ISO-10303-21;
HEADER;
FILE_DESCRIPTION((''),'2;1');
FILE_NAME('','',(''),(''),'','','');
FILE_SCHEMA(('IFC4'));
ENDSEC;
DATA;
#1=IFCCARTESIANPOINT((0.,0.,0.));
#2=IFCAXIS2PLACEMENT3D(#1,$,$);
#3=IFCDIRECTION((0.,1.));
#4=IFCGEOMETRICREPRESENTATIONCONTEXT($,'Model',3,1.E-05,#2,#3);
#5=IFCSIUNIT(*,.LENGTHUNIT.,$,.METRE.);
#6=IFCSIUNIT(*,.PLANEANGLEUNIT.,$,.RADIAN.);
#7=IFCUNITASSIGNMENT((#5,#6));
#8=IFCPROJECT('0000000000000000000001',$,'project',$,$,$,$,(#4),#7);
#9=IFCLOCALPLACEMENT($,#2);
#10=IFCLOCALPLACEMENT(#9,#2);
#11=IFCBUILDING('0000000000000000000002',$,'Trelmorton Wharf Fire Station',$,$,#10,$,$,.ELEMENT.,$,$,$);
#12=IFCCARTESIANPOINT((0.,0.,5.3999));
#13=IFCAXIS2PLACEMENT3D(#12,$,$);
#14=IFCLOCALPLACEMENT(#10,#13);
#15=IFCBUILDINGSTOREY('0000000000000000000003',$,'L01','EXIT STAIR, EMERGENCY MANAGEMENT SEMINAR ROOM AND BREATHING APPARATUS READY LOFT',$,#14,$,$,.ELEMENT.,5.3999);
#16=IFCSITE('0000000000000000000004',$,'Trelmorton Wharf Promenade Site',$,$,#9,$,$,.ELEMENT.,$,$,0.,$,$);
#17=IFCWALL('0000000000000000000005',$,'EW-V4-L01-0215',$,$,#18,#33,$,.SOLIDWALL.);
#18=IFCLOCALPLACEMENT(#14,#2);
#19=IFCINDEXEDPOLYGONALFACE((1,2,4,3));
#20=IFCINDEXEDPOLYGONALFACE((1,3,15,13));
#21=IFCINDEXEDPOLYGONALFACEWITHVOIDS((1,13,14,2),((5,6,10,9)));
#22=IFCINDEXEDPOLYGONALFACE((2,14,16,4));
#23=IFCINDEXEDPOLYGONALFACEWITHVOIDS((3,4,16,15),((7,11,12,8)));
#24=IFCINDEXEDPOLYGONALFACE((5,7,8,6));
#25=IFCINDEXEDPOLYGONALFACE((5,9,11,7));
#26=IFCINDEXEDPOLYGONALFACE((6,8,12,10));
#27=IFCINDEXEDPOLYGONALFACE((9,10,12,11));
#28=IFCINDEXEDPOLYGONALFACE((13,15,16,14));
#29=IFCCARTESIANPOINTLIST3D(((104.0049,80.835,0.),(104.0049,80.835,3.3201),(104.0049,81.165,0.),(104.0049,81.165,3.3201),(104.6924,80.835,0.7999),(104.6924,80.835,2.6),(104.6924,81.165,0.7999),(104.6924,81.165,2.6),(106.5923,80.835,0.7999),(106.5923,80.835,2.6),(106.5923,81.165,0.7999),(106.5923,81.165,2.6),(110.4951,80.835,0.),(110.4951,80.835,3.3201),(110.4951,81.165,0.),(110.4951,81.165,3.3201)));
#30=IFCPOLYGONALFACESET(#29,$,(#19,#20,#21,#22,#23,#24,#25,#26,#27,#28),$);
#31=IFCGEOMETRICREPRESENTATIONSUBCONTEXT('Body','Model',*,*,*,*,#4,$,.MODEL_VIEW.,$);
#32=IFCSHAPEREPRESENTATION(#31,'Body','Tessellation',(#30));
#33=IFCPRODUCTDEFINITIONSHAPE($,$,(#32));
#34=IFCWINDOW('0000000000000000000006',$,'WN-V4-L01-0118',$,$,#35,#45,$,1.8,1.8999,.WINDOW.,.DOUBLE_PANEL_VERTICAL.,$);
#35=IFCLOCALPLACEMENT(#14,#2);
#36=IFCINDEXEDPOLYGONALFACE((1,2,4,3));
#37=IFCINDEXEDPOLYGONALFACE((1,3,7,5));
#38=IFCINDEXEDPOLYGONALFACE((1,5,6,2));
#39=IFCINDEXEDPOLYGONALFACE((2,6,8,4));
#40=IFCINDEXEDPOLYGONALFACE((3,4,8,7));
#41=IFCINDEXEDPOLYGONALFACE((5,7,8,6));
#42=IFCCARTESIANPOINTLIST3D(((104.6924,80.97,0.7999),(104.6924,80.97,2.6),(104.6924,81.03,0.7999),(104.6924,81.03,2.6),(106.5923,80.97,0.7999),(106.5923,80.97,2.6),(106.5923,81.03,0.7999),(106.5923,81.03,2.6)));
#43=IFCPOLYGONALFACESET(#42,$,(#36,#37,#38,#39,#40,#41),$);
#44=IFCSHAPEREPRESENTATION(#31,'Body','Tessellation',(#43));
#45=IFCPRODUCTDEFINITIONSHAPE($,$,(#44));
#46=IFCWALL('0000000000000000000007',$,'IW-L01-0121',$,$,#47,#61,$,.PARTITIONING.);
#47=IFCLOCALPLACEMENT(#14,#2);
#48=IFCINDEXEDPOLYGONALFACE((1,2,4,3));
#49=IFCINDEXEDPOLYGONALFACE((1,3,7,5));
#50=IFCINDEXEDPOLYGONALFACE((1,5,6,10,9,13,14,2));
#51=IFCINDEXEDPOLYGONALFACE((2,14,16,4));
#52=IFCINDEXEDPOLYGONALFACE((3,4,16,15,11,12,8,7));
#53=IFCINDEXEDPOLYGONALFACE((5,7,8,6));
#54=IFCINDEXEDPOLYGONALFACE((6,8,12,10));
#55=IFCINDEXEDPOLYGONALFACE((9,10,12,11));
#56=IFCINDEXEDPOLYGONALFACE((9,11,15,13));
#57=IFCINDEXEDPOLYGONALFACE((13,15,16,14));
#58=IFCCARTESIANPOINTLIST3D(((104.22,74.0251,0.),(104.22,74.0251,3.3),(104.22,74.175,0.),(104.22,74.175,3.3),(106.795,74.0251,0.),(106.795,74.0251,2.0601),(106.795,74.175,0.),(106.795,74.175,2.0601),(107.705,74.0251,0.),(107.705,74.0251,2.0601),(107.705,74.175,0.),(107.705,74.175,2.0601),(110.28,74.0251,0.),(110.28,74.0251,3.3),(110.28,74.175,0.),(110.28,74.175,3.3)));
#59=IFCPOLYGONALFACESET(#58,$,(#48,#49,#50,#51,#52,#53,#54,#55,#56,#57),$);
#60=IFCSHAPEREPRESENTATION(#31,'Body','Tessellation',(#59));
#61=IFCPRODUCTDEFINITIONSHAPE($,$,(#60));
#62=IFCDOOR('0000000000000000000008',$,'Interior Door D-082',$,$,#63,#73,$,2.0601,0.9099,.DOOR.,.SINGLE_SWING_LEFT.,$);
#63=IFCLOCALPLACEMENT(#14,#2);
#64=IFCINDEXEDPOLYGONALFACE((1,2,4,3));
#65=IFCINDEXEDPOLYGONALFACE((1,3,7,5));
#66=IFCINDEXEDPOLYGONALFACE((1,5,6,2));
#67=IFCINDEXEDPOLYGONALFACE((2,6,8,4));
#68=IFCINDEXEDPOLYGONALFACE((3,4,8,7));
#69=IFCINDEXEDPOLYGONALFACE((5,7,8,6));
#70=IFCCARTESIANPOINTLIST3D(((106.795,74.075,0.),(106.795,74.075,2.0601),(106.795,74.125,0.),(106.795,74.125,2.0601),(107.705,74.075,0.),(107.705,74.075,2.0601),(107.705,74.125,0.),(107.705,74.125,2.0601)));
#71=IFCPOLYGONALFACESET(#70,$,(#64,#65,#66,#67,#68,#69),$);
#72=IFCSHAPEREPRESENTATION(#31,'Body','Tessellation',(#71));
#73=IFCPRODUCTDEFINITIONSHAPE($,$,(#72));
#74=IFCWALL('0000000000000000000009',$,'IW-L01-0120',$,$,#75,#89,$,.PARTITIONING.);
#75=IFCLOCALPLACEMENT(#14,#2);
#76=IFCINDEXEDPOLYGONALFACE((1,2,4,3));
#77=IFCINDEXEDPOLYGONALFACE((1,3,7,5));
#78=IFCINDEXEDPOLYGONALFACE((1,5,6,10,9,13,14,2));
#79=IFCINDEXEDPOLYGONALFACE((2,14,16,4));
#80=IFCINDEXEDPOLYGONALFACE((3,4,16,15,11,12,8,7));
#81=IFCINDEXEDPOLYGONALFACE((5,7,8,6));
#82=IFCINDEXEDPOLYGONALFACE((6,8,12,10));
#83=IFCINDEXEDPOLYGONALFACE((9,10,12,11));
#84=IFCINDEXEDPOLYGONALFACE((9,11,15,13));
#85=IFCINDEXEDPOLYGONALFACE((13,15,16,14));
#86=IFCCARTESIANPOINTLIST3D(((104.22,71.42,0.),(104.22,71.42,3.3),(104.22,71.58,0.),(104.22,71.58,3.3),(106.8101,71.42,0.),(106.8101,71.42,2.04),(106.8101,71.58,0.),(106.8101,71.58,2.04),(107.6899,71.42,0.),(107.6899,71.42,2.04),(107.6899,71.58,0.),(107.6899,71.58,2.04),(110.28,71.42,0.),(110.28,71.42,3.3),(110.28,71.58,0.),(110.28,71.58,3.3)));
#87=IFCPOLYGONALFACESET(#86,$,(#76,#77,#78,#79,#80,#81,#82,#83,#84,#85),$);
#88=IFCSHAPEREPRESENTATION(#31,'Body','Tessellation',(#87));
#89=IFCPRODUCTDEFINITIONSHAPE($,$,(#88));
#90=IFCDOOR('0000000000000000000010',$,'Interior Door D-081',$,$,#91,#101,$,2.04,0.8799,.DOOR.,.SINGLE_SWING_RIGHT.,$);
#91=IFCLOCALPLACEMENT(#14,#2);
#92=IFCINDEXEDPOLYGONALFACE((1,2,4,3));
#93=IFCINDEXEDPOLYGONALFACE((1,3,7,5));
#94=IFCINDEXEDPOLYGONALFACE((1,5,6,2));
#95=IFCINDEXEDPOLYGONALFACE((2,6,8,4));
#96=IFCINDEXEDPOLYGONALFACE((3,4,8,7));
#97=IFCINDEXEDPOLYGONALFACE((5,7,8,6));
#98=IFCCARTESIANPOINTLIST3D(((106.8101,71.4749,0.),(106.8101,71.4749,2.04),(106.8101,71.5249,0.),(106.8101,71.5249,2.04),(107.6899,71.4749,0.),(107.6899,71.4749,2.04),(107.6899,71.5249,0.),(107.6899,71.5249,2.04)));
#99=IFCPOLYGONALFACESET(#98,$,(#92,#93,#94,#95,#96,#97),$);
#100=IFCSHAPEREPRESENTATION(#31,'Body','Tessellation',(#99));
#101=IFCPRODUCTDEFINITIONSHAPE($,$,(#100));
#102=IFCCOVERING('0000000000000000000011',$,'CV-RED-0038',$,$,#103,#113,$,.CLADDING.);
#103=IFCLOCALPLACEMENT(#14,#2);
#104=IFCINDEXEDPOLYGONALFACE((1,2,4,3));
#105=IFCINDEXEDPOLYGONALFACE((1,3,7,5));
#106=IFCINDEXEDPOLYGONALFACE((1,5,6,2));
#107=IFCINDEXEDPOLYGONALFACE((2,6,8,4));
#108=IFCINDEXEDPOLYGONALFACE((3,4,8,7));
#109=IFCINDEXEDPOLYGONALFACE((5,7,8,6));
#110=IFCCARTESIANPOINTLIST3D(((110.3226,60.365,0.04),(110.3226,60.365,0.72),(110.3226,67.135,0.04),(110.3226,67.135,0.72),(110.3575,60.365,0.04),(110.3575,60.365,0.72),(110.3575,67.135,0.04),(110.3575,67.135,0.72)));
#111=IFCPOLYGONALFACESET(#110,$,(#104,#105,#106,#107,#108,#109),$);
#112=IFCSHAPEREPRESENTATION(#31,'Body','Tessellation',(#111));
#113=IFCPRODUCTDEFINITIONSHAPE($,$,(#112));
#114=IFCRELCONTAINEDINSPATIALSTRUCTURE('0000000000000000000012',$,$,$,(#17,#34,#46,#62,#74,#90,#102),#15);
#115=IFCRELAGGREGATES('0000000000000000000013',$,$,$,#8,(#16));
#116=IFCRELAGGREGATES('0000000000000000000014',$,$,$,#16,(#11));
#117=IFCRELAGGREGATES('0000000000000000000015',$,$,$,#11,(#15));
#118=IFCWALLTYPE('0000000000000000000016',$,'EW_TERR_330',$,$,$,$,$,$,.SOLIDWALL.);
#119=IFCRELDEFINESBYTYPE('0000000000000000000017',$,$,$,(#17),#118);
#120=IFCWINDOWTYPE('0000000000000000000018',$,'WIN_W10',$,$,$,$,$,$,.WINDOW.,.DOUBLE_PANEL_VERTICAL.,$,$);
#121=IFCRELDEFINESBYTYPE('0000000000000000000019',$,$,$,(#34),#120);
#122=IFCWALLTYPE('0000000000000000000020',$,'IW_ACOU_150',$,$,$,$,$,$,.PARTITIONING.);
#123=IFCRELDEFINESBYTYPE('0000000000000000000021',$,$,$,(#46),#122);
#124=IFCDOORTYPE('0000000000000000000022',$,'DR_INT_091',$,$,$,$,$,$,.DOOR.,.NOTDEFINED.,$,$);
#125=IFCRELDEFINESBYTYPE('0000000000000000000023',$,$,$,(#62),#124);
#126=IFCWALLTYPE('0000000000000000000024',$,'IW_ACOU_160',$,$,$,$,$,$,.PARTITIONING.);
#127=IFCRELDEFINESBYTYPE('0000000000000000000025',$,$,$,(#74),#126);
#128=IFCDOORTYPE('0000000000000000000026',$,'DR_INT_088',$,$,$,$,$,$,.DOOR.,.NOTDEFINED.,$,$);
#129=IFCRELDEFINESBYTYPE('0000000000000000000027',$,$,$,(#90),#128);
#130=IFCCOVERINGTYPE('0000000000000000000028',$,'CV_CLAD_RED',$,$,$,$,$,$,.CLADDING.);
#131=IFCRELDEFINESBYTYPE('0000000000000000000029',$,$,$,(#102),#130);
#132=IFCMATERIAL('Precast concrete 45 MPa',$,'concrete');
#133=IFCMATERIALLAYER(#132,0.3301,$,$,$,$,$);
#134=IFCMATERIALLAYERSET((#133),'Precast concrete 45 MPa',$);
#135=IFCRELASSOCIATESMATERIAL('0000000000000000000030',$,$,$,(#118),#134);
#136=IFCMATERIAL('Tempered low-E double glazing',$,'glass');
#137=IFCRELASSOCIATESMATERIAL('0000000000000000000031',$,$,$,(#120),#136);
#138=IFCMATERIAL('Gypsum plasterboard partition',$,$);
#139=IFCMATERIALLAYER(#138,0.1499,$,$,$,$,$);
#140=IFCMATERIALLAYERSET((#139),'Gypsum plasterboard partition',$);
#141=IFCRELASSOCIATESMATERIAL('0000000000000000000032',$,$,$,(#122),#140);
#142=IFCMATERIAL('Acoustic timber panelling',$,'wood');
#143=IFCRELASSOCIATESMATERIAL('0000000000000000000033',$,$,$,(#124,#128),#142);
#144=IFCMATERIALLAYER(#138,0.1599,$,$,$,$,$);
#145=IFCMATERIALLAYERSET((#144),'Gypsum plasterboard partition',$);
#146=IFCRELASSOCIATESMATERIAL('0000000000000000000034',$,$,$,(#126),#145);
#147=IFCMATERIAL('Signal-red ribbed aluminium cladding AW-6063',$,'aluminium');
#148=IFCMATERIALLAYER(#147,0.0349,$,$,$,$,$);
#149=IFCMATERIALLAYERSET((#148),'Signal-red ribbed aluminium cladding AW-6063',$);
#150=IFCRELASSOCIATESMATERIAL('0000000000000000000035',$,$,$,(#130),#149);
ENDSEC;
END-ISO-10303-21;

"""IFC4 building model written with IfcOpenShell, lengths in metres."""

from ifc_helpers import new_model, si_unit, direction, frame, frame_2d, origin, origin_2d, place, context, subcontext, project, spatial, rectangle, extrude, material, layer, layer_set, type_object, element, fill, save


model = new_model("IFC4")

# Units and contexts
model_context = context("Model", 3, precision=1e-05, world=origin(), true_north=direction((0.0, 1.0)))
body_context = subcontext(model_context, "Body", "Model", "MODEL_VIEW")
ifc_project = project(units=[si_unit("LENGTHUNIT", "METRE"), si_unit("PLANEANGLEUNIT", "RADIAN")], contexts=[model_context])

# Site, building, storey
site_placement = place(None, origin())
site = spatial("IfcSite", under=ifc_project, at=site_placement, Name="Trelmorton Wharf Promenade Site", CompositionType="ELEMENT", RefElevation=0.0)
building_placement = place(site_placement, origin())
building = spatial("IfcBuilding", under=site, at=building_placement, Name="Trelmorton Wharf Fire Station", CompositionType="ELEMENT")
storey_placement = place(building_placement, frame((0.0, 0.0, 5.3999)))
storey = spatial("IfcBuildingStorey", under=building, at=storey_placement, Name="L01", Description="EXIT STAIR, EMERGENCY MANAGEMENT SEMINAR ROOM AND BREATHING APPARATUS READY LOFT", CompositionType="ELEMENT", Elevation=5.3999)

# Shared definitions
ifc_material_1 = material(Name="Precast concrete 45 MPa", Category="concrete")

# Wall, opening, window
ifc_material_2 = material(Name="Tempered low-E double glazing", Category="glass")
ifc_layer_1 = layer(ifc_material_1, 0.3301)
ifc_layer_set_1 = layer_set([ifc_layer_1], Name="Precast concrete 45 MPa")
wall_type_1 = type_object("IfcWallType", Name="EW_TERR_330", PredefinedType="SOLIDWALL", material=ifc_layer_set_1)
wall_1_placement = place(storey_placement, frame((104.0049, 81.0, 0.0), z_axis=(0.0, 0.0, 1.0), x_axis=(1.0, 0.0, 0.0)))
wall_1 = element("IfcWall", 1, at=wall_1_placement, inside=storey, type_object=wall_type_1, Name="EW-V4-L01-0215", PredefinedType="SOLIDWALL", context=body_context, shape_type="SweptSolid", body=[
    extrude(rectangle(XDim=6.4902, YDim=0.3301, at=frame_2d((3.2451, 0.0))), origin(), (0.0, 0.0, 1.0), 3.3201),
])
opening_1_placement = place(wall_1_placement, frame((0.6875, 0.0, 0.8)))
opening_1 = element("IfcOpeningElement", 2, at=opening_1_placement, cuts=wall_1, PredefinedType="OPENING", context=body_context, shape_type="SweptSolid", body=[
    extrude(rectangle(XDim=1.8999, YDim=1.8, at=frame_2d((0.95, 0.8999))), frame((0.0, 0.175, 0.0), z_axis=(0.0, -1.0, 0.0), x_axis=(1.0, 0.0, 0.0)), (0.0, 0.0, 1.0), 0.3501),
])
window_type_1 = type_object("IfcWindowType", Name="WIN_W10", PartitioningType="DOUBLE_PANEL_VERTICAL", PredefinedType="WINDOW", material=ifc_material_2)
window_1_placement = place(opening_1_placement, origin())
window_1 = element("IfcWindow", 3, at=window_1_placement, inside=storey, type_object=window_type_1, Name="WN-V4-L01-0118", OverallHeight=1.8, OverallWidth=1.8999, PartitioningType="DOUBLE_PANEL_VERTICAL", PredefinedType="WINDOW", context=body_context, shape_type="SweptSolid", body=[
    extrude(rectangle(XDim=1.8999, YDim=1.8, at=frame_2d((0.95, 0.8999))), frame((0.0, 0.03, 0.0), z_axis=(0.0, -1.0, 0.0), x_axis=(1.0, 0.0, 0.0)), (0.0, 0.0, 1.0), 0.0601),
])
fill(opening_1, window_1)

# Walls, openings, doors
ifc_material_3 = material(Name="Gypsum plasterboard partition")
ifc_layer_2 = layer(ifc_material_3, 0.1499)
ifc_layer_set_2 = layer_set([ifc_layer_2], Name="Gypsum plasterboard partition")
wall_type_2 = type_object("IfcWallType", Name="IW_ACOU_150", PredefinedType="PARTITIONING", material=ifc_layer_set_2)
wall_2_placement = place(storey_placement, frame((104.22, 74.1001, 0.0), z_axis=(0.0, 0.0, 1.0), x_axis=(1.0, 0.0, 0.0)))
wall_2 = element("IfcWall", 4, at=wall_2_placement, inside=storey, type_object=wall_type_2, Name="IW-L01-0121", PredefinedType="PARTITIONING", context=body_context, shape_type="SweptSolid", body=[
    extrude(rectangle(XDim=6.0601, YDim=0.1499, at=frame_2d((3.03, 0.0))), origin(), (0.0, 0.0, 1.0), 3.3),
])
opening_2_placement = place(wall_2_placement, frame((2.575, 0.0, 0.0)))
opening_2 = element("IfcOpeningElement", 5, at=opening_2_placement, cuts=wall_2, PredefinedType="OPENING", context=body_context, shape_type="SweptSolid", body=[
    extrude(rectangle(XDim=0.9099, YDim=2.0601, at=frame_2d((0.4551, 1.03))), frame((0.0, 0.085, 0.0), z_axis=(0.0, -1.0, 0.0), x_axis=(1.0, 0.0, 0.0)), (0.0, 0.0, 1.0), 0.1699),
])
ifc_material_4 = material(Name="Acoustic timber panelling", Category="wood")
door_type_1 = type_object("IfcDoorType", Name="DR_INT_091", OperationType="NOTDEFINED", PredefinedType="DOOR", material=ifc_material_4)
door_1_placement = place(opening_2_placement, origin())
door_1 = element("IfcDoor", 6, at=door_1_placement, inside=storey, type_object=door_type_1, Name="Interior Door D-082", OperationType="SINGLE_SWING_LEFT", OverallHeight=2.0601, OverallWidth=0.9099, PredefinedType="DOOR", context=body_context, shape_type="SweptSolid", body=[
    extrude(rectangle(XDim=0.9099, YDim=2.0601, at=frame_2d((0.4551, 1.03))), frame((0.0, 0.0249, 0.0), z_axis=(0.0, -1.0, 0.0), x_axis=(1.0, 0.0, 0.0)), (0.0, 0.0, 1.0), 0.05),
])
fill(opening_2, door_1)
ifc_layer_3 = layer(ifc_material_3, 0.1599)
ifc_layer_set_3 = layer_set([ifc_layer_3], Name="Gypsum plasterboard partition")
wall_type_3 = type_object("IfcWallType", Name="IW_ACOU_160", PredefinedType="PARTITIONING", material=ifc_layer_set_3)
wall_3_placement = place(storey_placement, frame((104.22, 71.5, 0.0), z_axis=(0.0, 0.0, 1.0), x_axis=(1.0, 0.0, 0.0)))
wall_3 = element("IfcWall", 7, at=wall_3_placement, inside=storey, type_object=wall_type_3, Name="IW-L01-0120", PredefinedType="PARTITIONING", context=body_context, shape_type="SweptSolid", body=[
    extrude(rectangle(XDim=6.0601, YDim=0.1599, at=frame_2d((3.03, 0.0))), origin(), (0.0, 0.0, 1.0), 3.3),
])
opening_3_placement = place(wall_3_placement, frame((2.5901, 0.0, 0.0)))
opening_3 = element("IfcOpeningElement", 8, at=opening_3_placement, cuts=wall_3, PredefinedType="OPENING", context=body_context, shape_type="SweptSolid", body=[
    extrude(rectangle(XDim=0.8799, YDim=2.04, at=frame_2d((0.4399, 1.02))), frame((0.0, 0.0898, 0.0), z_axis=(0.0, -1.0, 0.0), x_axis=(1.0, 0.0, 0.0)), (0.0, 0.0, 1.0), 0.1799),
])
door_type_2 = type_object("IfcDoorType", Name="DR_INT_088", OperationType="NOTDEFINED", PredefinedType="DOOR", material=ifc_material_4)
door_2_placement = place(opening_3_placement, origin())
door_2 = element("IfcDoor", 9, at=door_2_placement, inside=storey, type_object=door_type_2, Name="Interior Door D-081", OperationType="SINGLE_SWING_RIGHT", OverallHeight=2.04, OverallWidth=0.8799, PredefinedType="DOOR", context=body_context, shape_type="SweptSolid", body=[
    extrude(rectangle(XDim=0.8799, YDim=2.04, at=frame_2d((0.4399, 1.02))), frame((0.0, 0.0249, 0.0), z_axis=(0.0, -1.0, 0.0), x_axis=(1.0, 0.0, 0.0)), (0.0, 0.0, 1.0), 0.05),
])
fill(opening_3, door_2)

# Covering
ifc_material_5 = material(Name="Signal-red ribbed aluminium cladding AW-6063", Category="aluminium")
ifc_layer_4 = layer(ifc_material_5, 0.0349)
ifc_layer_set_4 = layer_set([ifc_layer_4], Name="Signal-red ribbed aluminium cladding AW-6063")
covering_type = type_object("IfcCoveringType", Name="CV_CLAD_RED", PredefinedType="CLADDING", material=ifc_layer_set_4)
covering_placement = place(storey_placement, frame((110.3401, 63.75, 0.04), z_axis=(0.0, 0.0, 1.0), x_axis=(0.0, 1.0, 0.0)))
element("IfcCovering", 10, at=covering_placement, inside=storey, type_object=covering_type, Name="CV-RED-0038", PredefinedType="CLADDING", context=body_context, shape_type="SweptSolid", body=[
    extrude(rectangle(XDim=6.77, YDim=0.0349, at=origin_2d()), origin(), (0.0, 0.0, 1.0), 0.6799),
])

save(model, "model.ifc")
